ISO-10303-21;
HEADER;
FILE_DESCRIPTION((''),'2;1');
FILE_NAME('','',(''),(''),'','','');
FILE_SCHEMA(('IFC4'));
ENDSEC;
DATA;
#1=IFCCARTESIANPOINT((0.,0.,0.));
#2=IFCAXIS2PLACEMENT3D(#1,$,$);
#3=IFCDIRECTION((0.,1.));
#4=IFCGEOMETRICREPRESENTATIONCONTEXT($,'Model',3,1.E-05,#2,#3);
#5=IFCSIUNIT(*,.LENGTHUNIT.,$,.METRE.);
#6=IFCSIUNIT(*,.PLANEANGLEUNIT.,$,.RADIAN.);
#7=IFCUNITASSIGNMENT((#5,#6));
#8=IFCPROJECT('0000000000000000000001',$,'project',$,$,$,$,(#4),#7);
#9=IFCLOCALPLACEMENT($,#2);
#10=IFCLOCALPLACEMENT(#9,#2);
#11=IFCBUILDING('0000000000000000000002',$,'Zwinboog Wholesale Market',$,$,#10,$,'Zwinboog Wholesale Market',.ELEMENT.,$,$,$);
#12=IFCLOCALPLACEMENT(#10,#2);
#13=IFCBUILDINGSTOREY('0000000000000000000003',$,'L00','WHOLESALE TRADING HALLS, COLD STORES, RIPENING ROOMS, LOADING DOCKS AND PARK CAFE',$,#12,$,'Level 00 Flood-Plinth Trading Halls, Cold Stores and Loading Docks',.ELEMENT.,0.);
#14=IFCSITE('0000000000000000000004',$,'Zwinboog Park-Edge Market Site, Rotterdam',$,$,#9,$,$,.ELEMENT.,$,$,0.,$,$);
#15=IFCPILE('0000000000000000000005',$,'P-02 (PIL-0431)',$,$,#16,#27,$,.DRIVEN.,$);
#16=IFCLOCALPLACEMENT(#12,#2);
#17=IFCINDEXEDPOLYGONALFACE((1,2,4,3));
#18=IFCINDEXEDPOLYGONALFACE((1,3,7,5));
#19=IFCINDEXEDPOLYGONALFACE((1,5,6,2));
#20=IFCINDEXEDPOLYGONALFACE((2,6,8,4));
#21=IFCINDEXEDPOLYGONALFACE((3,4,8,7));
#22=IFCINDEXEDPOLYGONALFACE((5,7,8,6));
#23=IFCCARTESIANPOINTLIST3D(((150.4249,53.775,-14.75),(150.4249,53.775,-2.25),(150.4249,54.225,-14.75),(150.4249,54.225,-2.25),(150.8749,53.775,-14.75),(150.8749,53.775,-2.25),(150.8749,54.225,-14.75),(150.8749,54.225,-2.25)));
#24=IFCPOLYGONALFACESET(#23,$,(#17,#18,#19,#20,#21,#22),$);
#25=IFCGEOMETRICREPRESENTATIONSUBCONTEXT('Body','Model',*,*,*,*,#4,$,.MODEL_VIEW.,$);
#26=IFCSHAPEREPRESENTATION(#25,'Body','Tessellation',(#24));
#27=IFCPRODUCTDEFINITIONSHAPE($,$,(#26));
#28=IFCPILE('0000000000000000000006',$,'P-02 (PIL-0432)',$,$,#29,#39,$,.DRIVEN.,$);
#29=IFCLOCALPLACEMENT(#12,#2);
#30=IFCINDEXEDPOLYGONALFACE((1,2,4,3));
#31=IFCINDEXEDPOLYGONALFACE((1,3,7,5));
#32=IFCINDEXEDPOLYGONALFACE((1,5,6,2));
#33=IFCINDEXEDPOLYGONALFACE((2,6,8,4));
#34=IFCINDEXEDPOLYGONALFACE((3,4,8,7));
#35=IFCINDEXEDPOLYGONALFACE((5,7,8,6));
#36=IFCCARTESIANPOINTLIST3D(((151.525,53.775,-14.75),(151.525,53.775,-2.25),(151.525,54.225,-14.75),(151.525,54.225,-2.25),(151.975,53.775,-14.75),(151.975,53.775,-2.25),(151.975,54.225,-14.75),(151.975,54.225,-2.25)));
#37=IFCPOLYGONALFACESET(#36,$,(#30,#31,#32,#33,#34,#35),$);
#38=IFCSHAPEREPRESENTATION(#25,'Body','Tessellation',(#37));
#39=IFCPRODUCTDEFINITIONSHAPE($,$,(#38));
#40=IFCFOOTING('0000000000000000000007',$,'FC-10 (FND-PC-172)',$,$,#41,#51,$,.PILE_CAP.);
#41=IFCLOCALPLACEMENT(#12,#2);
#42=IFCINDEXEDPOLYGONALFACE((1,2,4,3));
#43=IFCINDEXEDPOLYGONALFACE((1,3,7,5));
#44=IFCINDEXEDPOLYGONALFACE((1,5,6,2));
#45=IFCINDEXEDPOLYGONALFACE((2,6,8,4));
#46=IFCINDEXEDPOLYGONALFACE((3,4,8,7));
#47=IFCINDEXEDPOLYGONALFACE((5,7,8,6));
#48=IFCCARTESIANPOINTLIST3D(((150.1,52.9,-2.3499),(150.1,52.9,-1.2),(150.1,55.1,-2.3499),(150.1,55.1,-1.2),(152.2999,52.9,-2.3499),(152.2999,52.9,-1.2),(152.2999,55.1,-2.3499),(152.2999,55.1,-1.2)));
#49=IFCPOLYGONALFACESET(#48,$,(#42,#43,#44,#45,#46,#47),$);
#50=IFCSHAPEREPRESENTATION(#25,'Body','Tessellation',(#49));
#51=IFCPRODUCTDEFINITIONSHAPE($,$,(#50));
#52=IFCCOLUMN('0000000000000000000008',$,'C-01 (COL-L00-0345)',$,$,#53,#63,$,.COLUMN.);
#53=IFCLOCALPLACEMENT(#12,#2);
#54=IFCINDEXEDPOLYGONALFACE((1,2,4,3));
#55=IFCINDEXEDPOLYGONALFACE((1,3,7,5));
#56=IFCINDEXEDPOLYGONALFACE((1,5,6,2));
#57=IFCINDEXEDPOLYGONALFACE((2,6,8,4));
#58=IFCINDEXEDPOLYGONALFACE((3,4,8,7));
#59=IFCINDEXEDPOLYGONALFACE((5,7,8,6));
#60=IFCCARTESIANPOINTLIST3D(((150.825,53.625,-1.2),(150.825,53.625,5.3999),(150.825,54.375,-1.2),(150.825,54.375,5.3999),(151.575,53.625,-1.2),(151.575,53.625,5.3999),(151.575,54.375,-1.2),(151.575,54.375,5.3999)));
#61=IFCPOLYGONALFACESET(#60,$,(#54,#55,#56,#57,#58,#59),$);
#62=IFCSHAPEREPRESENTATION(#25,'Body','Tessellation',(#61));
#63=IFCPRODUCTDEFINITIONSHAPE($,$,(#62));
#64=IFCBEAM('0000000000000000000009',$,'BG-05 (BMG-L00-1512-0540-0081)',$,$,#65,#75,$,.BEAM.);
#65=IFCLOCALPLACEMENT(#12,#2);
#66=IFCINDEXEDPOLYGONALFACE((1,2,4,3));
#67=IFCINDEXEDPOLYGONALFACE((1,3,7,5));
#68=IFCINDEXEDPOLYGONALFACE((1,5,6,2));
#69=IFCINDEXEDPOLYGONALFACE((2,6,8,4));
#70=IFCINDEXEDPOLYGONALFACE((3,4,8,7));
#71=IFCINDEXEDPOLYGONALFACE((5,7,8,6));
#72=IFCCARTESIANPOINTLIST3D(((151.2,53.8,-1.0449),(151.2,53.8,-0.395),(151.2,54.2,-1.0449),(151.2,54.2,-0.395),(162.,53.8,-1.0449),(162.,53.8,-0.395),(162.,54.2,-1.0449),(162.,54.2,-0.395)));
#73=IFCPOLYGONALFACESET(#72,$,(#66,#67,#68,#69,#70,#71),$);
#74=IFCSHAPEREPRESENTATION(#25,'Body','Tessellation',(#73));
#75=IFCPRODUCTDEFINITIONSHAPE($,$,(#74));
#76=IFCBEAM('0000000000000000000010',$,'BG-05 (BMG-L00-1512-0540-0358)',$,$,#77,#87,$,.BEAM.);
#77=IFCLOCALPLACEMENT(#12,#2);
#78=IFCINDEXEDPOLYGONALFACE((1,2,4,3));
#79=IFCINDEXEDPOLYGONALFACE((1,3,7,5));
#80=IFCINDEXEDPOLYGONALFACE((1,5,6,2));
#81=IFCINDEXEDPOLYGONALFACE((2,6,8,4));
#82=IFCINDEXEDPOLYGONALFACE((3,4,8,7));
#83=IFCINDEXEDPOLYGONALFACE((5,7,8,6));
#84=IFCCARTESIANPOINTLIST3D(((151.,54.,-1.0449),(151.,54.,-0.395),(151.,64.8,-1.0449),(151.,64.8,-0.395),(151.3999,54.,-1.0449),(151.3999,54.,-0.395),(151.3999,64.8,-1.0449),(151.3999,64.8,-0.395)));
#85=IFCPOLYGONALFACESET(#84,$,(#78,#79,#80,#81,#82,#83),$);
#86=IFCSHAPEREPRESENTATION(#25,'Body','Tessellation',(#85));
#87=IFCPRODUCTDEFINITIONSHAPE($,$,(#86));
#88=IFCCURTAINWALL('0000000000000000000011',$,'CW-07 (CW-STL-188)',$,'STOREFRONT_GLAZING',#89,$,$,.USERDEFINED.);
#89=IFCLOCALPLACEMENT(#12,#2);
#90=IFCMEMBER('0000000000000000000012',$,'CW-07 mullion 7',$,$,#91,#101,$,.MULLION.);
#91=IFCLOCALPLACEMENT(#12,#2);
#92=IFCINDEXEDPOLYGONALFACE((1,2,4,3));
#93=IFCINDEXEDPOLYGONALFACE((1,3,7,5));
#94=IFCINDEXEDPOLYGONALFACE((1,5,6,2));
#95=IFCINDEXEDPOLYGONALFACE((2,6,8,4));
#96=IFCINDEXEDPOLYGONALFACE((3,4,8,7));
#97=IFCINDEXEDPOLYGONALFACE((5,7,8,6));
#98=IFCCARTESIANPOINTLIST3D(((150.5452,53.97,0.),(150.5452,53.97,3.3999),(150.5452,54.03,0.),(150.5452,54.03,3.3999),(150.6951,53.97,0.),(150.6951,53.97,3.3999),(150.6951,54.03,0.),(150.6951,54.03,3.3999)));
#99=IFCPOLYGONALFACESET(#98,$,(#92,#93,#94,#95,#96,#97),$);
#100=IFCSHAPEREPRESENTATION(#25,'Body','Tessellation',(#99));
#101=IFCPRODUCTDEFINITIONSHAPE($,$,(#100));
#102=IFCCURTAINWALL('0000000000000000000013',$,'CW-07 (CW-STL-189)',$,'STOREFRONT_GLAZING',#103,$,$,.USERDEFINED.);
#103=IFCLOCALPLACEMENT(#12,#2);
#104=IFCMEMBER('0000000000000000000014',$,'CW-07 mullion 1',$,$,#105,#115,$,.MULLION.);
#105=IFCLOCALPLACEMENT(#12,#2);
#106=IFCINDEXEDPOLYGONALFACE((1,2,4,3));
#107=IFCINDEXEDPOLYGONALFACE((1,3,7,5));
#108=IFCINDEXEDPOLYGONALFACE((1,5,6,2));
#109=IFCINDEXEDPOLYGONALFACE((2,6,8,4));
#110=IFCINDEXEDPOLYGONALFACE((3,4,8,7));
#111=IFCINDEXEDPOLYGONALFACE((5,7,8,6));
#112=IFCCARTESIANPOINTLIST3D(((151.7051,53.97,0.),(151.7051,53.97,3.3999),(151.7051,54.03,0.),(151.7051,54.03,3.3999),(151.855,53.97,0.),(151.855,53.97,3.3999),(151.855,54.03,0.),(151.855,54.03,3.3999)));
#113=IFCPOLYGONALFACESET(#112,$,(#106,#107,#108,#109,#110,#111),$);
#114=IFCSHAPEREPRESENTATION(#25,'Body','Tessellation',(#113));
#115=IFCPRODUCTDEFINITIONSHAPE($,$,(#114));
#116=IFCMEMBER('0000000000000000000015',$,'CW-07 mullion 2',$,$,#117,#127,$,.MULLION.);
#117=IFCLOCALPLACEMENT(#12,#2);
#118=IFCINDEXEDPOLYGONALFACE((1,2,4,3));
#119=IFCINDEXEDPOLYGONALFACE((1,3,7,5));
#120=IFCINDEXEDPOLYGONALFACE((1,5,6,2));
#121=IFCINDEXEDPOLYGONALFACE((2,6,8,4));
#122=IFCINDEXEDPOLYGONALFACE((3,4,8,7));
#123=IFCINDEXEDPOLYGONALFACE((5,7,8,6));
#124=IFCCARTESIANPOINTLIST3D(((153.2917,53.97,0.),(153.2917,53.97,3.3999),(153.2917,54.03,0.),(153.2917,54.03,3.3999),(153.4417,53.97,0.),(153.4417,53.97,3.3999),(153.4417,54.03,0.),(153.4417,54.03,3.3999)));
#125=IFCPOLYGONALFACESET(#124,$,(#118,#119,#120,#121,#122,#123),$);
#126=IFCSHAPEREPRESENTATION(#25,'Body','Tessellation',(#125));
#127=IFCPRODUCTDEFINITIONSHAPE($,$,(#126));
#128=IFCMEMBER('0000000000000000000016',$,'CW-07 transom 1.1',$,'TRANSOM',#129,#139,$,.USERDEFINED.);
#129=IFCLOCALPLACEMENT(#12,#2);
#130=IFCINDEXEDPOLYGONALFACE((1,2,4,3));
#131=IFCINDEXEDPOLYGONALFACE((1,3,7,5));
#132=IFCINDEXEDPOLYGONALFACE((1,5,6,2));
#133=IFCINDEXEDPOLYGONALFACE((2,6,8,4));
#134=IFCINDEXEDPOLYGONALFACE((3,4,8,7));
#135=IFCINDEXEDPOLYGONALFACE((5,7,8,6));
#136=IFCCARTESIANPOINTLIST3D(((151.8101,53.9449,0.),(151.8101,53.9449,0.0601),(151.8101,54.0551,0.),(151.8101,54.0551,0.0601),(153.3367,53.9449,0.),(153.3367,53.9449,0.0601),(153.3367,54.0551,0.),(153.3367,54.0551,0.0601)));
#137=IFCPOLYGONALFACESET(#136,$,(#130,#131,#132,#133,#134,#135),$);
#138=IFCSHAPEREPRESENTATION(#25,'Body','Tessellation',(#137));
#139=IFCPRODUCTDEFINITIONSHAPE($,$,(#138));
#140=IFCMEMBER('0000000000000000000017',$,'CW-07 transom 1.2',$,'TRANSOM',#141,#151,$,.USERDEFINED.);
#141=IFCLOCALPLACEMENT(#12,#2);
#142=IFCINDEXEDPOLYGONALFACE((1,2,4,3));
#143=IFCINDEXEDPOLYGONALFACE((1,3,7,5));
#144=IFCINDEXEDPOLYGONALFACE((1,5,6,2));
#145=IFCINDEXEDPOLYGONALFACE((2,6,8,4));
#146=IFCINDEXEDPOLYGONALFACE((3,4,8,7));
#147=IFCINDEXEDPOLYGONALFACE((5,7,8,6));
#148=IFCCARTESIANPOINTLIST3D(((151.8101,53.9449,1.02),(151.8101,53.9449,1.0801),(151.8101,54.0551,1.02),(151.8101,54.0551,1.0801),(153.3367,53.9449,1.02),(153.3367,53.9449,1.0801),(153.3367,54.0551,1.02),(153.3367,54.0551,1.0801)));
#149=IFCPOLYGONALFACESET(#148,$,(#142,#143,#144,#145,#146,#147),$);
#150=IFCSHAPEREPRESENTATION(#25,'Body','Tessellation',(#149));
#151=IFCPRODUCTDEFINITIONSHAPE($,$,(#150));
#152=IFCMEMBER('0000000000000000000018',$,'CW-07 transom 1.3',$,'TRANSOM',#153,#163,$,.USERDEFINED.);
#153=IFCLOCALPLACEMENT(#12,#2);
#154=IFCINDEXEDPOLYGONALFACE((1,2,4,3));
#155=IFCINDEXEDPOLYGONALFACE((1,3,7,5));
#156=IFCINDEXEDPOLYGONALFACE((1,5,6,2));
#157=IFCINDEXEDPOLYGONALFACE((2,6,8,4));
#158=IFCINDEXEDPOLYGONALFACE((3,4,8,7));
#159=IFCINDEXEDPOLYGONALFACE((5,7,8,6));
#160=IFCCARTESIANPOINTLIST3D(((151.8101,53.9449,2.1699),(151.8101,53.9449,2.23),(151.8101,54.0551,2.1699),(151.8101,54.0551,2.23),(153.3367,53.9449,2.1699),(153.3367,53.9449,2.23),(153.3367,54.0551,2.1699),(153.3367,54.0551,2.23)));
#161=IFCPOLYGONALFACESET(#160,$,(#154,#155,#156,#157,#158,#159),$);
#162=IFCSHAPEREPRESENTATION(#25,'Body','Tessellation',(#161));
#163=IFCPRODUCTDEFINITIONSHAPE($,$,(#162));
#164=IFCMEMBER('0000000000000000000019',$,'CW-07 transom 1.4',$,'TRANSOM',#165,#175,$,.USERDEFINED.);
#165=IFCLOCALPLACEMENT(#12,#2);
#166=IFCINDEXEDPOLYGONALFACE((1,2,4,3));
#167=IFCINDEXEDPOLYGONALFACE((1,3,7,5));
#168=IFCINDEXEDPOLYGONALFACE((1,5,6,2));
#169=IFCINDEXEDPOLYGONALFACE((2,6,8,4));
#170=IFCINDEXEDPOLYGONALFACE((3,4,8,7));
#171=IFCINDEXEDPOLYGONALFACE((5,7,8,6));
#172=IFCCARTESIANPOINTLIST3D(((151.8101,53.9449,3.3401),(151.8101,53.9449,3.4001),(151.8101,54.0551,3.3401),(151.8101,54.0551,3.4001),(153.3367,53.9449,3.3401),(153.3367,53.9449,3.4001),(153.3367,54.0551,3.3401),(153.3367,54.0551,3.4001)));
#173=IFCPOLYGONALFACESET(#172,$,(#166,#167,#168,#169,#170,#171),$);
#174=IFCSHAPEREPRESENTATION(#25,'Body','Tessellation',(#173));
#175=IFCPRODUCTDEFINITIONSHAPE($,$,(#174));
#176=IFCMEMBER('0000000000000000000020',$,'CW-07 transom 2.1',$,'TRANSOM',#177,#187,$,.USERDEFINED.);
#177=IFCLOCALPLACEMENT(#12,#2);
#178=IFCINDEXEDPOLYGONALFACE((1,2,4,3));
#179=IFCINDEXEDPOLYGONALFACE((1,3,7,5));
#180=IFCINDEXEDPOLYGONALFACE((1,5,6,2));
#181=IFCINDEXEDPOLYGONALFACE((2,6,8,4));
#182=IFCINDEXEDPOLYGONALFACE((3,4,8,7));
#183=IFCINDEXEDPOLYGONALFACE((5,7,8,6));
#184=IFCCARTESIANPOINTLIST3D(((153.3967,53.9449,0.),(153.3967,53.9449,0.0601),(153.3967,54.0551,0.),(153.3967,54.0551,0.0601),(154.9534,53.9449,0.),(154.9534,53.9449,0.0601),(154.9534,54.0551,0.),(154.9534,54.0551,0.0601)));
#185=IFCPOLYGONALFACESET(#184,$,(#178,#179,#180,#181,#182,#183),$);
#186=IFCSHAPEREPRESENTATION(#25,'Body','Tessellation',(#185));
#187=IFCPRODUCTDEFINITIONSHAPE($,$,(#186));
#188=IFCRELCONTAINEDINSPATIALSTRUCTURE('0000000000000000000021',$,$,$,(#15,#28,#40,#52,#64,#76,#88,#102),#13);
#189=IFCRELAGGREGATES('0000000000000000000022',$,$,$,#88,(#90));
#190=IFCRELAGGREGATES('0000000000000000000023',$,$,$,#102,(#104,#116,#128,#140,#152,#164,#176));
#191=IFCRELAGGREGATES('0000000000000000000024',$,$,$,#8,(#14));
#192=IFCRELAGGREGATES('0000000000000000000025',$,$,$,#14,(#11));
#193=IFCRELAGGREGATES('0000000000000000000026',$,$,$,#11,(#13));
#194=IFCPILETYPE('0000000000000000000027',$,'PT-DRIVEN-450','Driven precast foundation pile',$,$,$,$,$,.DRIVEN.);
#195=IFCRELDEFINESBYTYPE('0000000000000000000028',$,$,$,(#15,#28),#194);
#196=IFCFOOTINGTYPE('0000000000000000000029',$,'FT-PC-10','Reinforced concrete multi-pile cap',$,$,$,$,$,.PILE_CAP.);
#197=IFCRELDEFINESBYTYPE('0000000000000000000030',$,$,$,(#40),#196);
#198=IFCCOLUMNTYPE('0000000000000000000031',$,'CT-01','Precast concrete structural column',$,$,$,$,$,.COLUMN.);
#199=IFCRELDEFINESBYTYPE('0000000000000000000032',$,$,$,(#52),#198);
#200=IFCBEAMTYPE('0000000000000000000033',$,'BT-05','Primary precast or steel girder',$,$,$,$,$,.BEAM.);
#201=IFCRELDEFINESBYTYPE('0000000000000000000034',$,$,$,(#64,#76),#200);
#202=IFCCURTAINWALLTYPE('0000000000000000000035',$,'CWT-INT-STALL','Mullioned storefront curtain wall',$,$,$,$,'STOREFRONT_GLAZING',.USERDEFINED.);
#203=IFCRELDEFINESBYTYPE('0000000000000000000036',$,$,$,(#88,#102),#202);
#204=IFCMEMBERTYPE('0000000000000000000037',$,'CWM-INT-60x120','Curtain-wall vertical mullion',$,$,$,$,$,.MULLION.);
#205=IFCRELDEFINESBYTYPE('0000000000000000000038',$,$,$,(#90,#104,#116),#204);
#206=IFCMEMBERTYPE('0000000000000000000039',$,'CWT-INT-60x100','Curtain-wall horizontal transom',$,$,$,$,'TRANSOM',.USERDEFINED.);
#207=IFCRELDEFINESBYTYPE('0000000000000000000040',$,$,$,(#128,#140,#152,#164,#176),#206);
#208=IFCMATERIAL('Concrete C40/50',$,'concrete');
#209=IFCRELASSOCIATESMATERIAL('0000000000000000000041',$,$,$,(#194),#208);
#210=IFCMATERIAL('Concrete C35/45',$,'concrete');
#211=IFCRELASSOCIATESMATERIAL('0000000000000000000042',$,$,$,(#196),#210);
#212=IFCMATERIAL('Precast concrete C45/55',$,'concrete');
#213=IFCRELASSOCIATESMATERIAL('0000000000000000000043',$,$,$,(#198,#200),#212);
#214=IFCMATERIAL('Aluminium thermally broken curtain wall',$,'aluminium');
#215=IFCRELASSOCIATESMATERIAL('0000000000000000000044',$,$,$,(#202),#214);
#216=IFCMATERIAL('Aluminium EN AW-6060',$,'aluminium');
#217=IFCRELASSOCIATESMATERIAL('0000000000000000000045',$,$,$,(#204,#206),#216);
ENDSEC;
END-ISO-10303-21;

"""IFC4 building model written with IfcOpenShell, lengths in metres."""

from ifc_helpers import new_model, si_unit, direction, frame, origin, origin_2d, place, context, subcontext, project, spatial, rectangle, extrude, material, material_profile, profile_set, type_object, element, aggregate, save


model = new_model("IFC4")

# Units and contexts
model_context = context("Model", 3, precision=1e-05, world=origin(), true_north=direction((0.0, 1.0)))
body_context = subcontext(model_context, "Body", "Model", "MODEL_VIEW")
ifc_project = project(units=[si_unit("LENGTHUNIT", "METRE"), si_unit("PLANEANGLEUNIT", "RADIAN")], contexts=[model_context])

# Site, building, storey
site_placement = place(None, origin())
site = spatial("IfcSite", under=ifc_project, at=site_placement, Name="Zwinboog Park-Edge Market Site, Rotterdam", CompositionType="ELEMENT", RefElevation=0.0)
building_placement = place(site_placement, origin())
building = spatial("IfcBuilding", under=site, at=building_placement, Name="Zwinboog Wholesale Market", LongName="Zwinboog Wholesale Market", CompositionType="ELEMENT")
storey_placement = place(building_placement, origin())
storey = spatial("IfcBuildingStorey", under=building, at=storey_placement, Name="L00", Description="WHOLESALE TRADING HALLS, COLD STORES, RIPENING ROOMS, LOADING DOCKS AND PARK CAFE", LongName="Level 00 Flood-Plinth Trading Halls, Cold Stores and Loading Docks", CompositionType="ELEMENT", Elevation=0.0)

# Piles
ifc_material_1 = material(Name="Concrete C40/50", Category="concrete")
ifc_material_profile_1 = material_profile(ifc_material_1, rectangle(XDim=0.45, YDim=0.45, at=origin_2d()), Name="PILE SQ450")
ifc_profile_set_1 = profile_set([ifc_material_profile_1], Name="Concrete C40/50")
pile_type = type_object("IfcPileType", Name="PT-DRIVEN-450", Description="Driven precast foundation pile", PredefinedType="DRIVEN", material=ifc_profile_set_1)
for number, where, z_axis, x_axis, name in (
    (1, (150.6499, 54.0, -2.25), (0.0, 0.0, -1.0), (1.0, 0.0, 0.0), "P-02 (PIL-0431)"),
    (2, (151.75, 54.0, -2.25), (0.0, 0.0, -1.0), (1.0, 0.0, 0.0), "P-02 (PIL-0432)"),
):
    element("IfcPile", number, at=place(storey_placement, frame(where, z_axis=z_axis, x_axis=x_axis)), inside=storey, type_object=pile_type, Name=name, PredefinedType="DRIVEN", context=body_context, shape_type="SweptSolid", body=[
        extrude(rectangle(XDim=0.45, YDim=0.45, at=origin_2d()), origin(), (0.0, 0.0, 1.0), 12.5),
    ])

# Footing
ifc_material_2 = material(Name="Concrete C35/45", Category="concrete")
footing_type = type_object("IfcFootingType", Name="FT-PC-10", Description="Reinforced concrete multi-pile cap", PredefinedType="PILE_CAP", material=ifc_material_2)
footing_placement = place(storey_placement, frame((151.2, 54.0, -2.3499), z_axis=(0.0, 0.0, 1.0), x_axis=(1.0, 0.0, 0.0)))
element("IfcFooting", 3, at=footing_placement, inside=storey, type_object=footing_type, Name="FC-10 (FND-PC-172)", PredefinedType="PILE_CAP", context=body_context, shape_type="SweptSolid", body=[
    extrude(rectangle(XDim=2.2, YDim=2.2, at=origin_2d()), origin(), (0.0, 0.0, 1.0), 1.1499),
])

# Column
ifc_material_3 = material(Name="Precast concrete C45/55", Category="concrete")
ifc_material_profile_2 = material_profile(ifc_material_3, rectangle(XDim=0.75, YDim=0.75, at=origin_2d()), Name="PC 750x750")
ifc_profile_set_2 = profile_set([ifc_material_profile_2], Name="Precast concrete C45/55")
column_type = type_object("IfcColumnType", Name="CT-01", Description="Precast concrete structural column", PredefinedType="COLUMN", material=ifc_profile_set_2)
column_placement = place(storey_placement, frame((151.2, 54.0, -1.2), z_axis=(0.0, 0.0, 1.0), x_axis=(1.0, 0.0, 0.0)))
element("IfcColumn", 4, at=column_placement, inside=storey, type_object=column_type, Name="C-01 (COL-L00-0345)", PredefinedType="COLUMN", context=body_context, shape_type="SweptSolid", body=[
    extrude(rectangle(XDim=0.75, YDim=0.75, at=origin_2d()), origin(), (0.0, 0.0, 1.0), 6.5999),
])

# Beams
ifc_material_profile_3 = material_profile(ifc_material_3, rectangle(XDim=0.3999, YDim=0.6499, at=origin_2d()), Name="PC 400x650")
ifc_profile_set_3 = profile_set([ifc_material_profile_3], Name="Precast concrete C45/55")
beam_type = type_object("IfcBeamType", Name="BT-05", Description="Primary precast or steel girder", PredefinedType="BEAM", material=ifc_profile_set_3)
for number, where, z_axis, x_axis, name in (
    (5, (151.2, 54.0, -0.72), (1.0, 0.0, 0.0), (0.0, 1.0, 0.0), "BG-05 (BMG-L00-1512-0540-0081)"),
    (6, (151.2, 54.0, -0.72), (0.0, 1.0, 0.0), (-1.0, 0.0, 0.0), "BG-05 (BMG-L00-1512-0540-0358)"),
):
    element("IfcBeam", number, at=place(storey_placement, frame(where, z_axis=z_axis, x_axis=x_axis)), inside=storey, type_object=beam_type, Name=name, PredefinedType="BEAM", context=body_context, shape_type="SweptSolid", body=[
        extrude(rectangle(XDim=0.3999, YDim=0.6499, at=origin_2d()), origin(), (0.0, 0.0, 1.0), 10.8),
    ])

# Curtain wall, member
ifc_material_4 = material(Name="Aluminium thermally broken curtain wall", Category="aluminium")
curtain_wall_type = type_object("IfcCurtainWallType", Name="CWT-INT-STALL", Description="Mullioned storefront curtain wall", ElementType="STOREFRONT_GLAZING", PredefinedType="USERDEFINED", material=ifc_material_4)
curtain_wall_1_placement = place(storey_placement, origin())
curtain_wall_1 = element("IfcCurtainWall", 7, at=curtain_wall_1_placement, inside=storey, type_object=curtain_wall_type, Name="CW-07 (CW-STL-188)", ObjectType="STOREFRONT_GLAZING", PredefinedType="USERDEFINED")
ifc_material_5 = material(Name="Aluminium EN AW-6060", Category="aluminium")
ifc_material_profile_4 = material_profile(ifc_material_5, rectangle(XDim=0.0601, YDim=0.1499, at=origin_2d()), Name="AL 60x150")
ifc_profile_set_4 = profile_set([ifc_material_profile_4], Name="Aluminium EN AW-6060")
member_type_1 = type_object("IfcMemberType", Name="CWM-INT-60x120", Description="Curtain-wall vertical mullion", PredefinedType="MULLION", material=ifc_profile_set_4)
member_1_placement = place(storey_placement, frame((150.6201, 54.0, 0.0), z_axis=(0.0, 0.0, 1.0), x_axis=(0.0, 1.0, 0.0)))
member_1 = element("IfcMember", 8, at=member_1_placement, type_object=member_type_1, Name="CW-07 mullion 7", PredefinedType="MULLION", context=body_context, shape_type="SweptSolid", body=[
    extrude(rectangle(XDim=0.0601, YDim=0.1499, at=origin_2d()), origin(), (0.0, 0.0, 1.0), 3.3999),
])
aggregate(curtain_wall_1, [member_1])

# Curtain wall, members
curtain_wall_2_placement = place(storey_placement, origin())
curtain_wall_2 = element("IfcCurtainWall", 9, at=curtain_wall_2_placement, inside=storey, type_object=curtain_wall_type, Name="CW-07 (CW-STL-189)", ObjectType="STOREFRONT_GLAZING", PredefinedType="USERDEFINED")
member_2_placement = place(storey_placement, frame((151.78, 54.0, 0.0), z_axis=(0.0, 0.0, 1.0), x_axis=(0.0, 1.0, 0.0)))
member_2 = element("IfcMember", 10, at=member_2_placement, type_object=member_type_1, Name="CW-07 mullion 1", PredefinedType="MULLION", context=body_context, shape_type="SweptSolid", body=[
    extrude(rectangle(XDim=0.0601, YDim=0.1499, at=origin_2d()), origin(), (0.0, 0.0, 1.0), 3.3999),
])
member_3_placement = place(storey_placement, frame((153.3667, 54.0, 0.0), z_axis=(0.0, 0.0, 1.0), x_axis=(0.0, 1.0, 0.0)))
member_3 = element("IfcMember", 11, at=member_3_placement, type_object=member_type_1, Name="CW-07 mullion 2", PredefinedType="MULLION", context=body_context, shape_type="SweptSolid", body=[
    extrude(rectangle(XDim=0.0601, YDim=0.1499, at=origin_2d()), origin(), (0.0, 0.0, 1.0), 3.3999),
])
ifc_material_profile_5 = material_profile(ifc_material_5, rectangle(XDim=0.1101, YDim=0.0601, at=origin_2d()), Name="AL 60x110")
ifc_profile_set_5 = profile_set([ifc_material_profile_5], Name="Aluminium EN AW-6060")
member_type_2 = type_object("IfcMemberType", Name="CWT-INT-60x100", Description="Curtain-wall horizontal transom", ElementType="TRANSOM", PredefinedType="USERDEFINED", material=ifc_profile_set_5)
member_4_placement = place(storey_placement, frame((151.8101, 54.0, 0.03), z_axis=(1.0, 0.0, 0.0), x_axis=(0.0, 1.0, 0.0)))
member_4 = element("IfcMember", 12, at=member_4_placement, type_object=member_type_2, Name="CW-07 transom 1.1", ObjectType="TRANSOM", PredefinedType="USERDEFINED", context=body_context, shape_type="SweptSolid", body=[
    extrude(rectangle(XDim=0.1101, YDim=0.0601, at=origin_2d()), origin(), (0.0, 0.0, 1.0), 1.5266),
])
member_5_placement = place(storey_placement, frame((151.8101, 54.0, 1.05), z_axis=(1.0, 0.0, 0.0), x_axis=(0.0, 1.0, 0.0)))
member_5 = element("IfcMember", 13, at=member_5_placement, type_object=member_type_2, Name="CW-07 transom 1.2", ObjectType="TRANSOM", PredefinedType="USERDEFINED", context=body_context, shape_type="SweptSolid", body=[
    extrude(rectangle(XDim=0.1101, YDim=0.0601, at=origin_2d()), origin(), (0.0, 0.0, 1.0), 1.5266),
])
member_6_placement = place(storey_placement, frame((151.8101, 54.0, 2.2), z_axis=(1.0, 0.0, 0.0), x_axis=(0.0, 1.0, 0.0)))
member_6 = element("IfcMember", 14, at=member_6_placement, type_object=member_type_2, Name="CW-07 transom 1.3", ObjectType="TRANSOM", PredefinedType="USERDEFINED", context=body_context, shape_type="SweptSolid", body=[
    extrude(rectangle(XDim=0.1101, YDim=0.0601, at=origin_2d()), origin(), (0.0, 0.0, 1.0), 1.5266),
])
member_7_placement = place(storey_placement, frame((151.8101, 54.0, 3.3701), z_axis=(1.0, 0.0, 0.0), x_axis=(0.0, 1.0, 0.0)))
member_7 = element("IfcMember", 15, at=member_7_placement, type_object=member_type_2, Name="CW-07 transom 1.4", ObjectType="TRANSOM", PredefinedType="USERDEFINED", context=body_context, shape_type="SweptSolid", body=[
    extrude(rectangle(XDim=0.1101, YDim=0.0601, at=origin_2d()), origin(), (0.0, 0.0, 1.0), 1.5266),
])
member_8_placement = place(storey_placement, frame((153.3967, 54.0, 0.03), z_axis=(1.0, 0.0, 0.0), x_axis=(0.0, 1.0, 0.0)))
member_8 = element("IfcMember", 16, at=member_8_placement, type_object=member_type_2, Name="CW-07 transom 2.1", ObjectType="TRANSOM", PredefinedType="USERDEFINED", context=body_context, shape_type="SweptSolid", body=[
    extrude(rectangle(XDim=0.1101, YDim=0.0601, at=origin_2d()), origin(), (0.0, 0.0, 1.0), 1.5566),
])
aggregate(curtain_wall_2, [member_2, member_3, member_4, member_5, member_6, member_7, member_8])

save(model, "model.ifc")
